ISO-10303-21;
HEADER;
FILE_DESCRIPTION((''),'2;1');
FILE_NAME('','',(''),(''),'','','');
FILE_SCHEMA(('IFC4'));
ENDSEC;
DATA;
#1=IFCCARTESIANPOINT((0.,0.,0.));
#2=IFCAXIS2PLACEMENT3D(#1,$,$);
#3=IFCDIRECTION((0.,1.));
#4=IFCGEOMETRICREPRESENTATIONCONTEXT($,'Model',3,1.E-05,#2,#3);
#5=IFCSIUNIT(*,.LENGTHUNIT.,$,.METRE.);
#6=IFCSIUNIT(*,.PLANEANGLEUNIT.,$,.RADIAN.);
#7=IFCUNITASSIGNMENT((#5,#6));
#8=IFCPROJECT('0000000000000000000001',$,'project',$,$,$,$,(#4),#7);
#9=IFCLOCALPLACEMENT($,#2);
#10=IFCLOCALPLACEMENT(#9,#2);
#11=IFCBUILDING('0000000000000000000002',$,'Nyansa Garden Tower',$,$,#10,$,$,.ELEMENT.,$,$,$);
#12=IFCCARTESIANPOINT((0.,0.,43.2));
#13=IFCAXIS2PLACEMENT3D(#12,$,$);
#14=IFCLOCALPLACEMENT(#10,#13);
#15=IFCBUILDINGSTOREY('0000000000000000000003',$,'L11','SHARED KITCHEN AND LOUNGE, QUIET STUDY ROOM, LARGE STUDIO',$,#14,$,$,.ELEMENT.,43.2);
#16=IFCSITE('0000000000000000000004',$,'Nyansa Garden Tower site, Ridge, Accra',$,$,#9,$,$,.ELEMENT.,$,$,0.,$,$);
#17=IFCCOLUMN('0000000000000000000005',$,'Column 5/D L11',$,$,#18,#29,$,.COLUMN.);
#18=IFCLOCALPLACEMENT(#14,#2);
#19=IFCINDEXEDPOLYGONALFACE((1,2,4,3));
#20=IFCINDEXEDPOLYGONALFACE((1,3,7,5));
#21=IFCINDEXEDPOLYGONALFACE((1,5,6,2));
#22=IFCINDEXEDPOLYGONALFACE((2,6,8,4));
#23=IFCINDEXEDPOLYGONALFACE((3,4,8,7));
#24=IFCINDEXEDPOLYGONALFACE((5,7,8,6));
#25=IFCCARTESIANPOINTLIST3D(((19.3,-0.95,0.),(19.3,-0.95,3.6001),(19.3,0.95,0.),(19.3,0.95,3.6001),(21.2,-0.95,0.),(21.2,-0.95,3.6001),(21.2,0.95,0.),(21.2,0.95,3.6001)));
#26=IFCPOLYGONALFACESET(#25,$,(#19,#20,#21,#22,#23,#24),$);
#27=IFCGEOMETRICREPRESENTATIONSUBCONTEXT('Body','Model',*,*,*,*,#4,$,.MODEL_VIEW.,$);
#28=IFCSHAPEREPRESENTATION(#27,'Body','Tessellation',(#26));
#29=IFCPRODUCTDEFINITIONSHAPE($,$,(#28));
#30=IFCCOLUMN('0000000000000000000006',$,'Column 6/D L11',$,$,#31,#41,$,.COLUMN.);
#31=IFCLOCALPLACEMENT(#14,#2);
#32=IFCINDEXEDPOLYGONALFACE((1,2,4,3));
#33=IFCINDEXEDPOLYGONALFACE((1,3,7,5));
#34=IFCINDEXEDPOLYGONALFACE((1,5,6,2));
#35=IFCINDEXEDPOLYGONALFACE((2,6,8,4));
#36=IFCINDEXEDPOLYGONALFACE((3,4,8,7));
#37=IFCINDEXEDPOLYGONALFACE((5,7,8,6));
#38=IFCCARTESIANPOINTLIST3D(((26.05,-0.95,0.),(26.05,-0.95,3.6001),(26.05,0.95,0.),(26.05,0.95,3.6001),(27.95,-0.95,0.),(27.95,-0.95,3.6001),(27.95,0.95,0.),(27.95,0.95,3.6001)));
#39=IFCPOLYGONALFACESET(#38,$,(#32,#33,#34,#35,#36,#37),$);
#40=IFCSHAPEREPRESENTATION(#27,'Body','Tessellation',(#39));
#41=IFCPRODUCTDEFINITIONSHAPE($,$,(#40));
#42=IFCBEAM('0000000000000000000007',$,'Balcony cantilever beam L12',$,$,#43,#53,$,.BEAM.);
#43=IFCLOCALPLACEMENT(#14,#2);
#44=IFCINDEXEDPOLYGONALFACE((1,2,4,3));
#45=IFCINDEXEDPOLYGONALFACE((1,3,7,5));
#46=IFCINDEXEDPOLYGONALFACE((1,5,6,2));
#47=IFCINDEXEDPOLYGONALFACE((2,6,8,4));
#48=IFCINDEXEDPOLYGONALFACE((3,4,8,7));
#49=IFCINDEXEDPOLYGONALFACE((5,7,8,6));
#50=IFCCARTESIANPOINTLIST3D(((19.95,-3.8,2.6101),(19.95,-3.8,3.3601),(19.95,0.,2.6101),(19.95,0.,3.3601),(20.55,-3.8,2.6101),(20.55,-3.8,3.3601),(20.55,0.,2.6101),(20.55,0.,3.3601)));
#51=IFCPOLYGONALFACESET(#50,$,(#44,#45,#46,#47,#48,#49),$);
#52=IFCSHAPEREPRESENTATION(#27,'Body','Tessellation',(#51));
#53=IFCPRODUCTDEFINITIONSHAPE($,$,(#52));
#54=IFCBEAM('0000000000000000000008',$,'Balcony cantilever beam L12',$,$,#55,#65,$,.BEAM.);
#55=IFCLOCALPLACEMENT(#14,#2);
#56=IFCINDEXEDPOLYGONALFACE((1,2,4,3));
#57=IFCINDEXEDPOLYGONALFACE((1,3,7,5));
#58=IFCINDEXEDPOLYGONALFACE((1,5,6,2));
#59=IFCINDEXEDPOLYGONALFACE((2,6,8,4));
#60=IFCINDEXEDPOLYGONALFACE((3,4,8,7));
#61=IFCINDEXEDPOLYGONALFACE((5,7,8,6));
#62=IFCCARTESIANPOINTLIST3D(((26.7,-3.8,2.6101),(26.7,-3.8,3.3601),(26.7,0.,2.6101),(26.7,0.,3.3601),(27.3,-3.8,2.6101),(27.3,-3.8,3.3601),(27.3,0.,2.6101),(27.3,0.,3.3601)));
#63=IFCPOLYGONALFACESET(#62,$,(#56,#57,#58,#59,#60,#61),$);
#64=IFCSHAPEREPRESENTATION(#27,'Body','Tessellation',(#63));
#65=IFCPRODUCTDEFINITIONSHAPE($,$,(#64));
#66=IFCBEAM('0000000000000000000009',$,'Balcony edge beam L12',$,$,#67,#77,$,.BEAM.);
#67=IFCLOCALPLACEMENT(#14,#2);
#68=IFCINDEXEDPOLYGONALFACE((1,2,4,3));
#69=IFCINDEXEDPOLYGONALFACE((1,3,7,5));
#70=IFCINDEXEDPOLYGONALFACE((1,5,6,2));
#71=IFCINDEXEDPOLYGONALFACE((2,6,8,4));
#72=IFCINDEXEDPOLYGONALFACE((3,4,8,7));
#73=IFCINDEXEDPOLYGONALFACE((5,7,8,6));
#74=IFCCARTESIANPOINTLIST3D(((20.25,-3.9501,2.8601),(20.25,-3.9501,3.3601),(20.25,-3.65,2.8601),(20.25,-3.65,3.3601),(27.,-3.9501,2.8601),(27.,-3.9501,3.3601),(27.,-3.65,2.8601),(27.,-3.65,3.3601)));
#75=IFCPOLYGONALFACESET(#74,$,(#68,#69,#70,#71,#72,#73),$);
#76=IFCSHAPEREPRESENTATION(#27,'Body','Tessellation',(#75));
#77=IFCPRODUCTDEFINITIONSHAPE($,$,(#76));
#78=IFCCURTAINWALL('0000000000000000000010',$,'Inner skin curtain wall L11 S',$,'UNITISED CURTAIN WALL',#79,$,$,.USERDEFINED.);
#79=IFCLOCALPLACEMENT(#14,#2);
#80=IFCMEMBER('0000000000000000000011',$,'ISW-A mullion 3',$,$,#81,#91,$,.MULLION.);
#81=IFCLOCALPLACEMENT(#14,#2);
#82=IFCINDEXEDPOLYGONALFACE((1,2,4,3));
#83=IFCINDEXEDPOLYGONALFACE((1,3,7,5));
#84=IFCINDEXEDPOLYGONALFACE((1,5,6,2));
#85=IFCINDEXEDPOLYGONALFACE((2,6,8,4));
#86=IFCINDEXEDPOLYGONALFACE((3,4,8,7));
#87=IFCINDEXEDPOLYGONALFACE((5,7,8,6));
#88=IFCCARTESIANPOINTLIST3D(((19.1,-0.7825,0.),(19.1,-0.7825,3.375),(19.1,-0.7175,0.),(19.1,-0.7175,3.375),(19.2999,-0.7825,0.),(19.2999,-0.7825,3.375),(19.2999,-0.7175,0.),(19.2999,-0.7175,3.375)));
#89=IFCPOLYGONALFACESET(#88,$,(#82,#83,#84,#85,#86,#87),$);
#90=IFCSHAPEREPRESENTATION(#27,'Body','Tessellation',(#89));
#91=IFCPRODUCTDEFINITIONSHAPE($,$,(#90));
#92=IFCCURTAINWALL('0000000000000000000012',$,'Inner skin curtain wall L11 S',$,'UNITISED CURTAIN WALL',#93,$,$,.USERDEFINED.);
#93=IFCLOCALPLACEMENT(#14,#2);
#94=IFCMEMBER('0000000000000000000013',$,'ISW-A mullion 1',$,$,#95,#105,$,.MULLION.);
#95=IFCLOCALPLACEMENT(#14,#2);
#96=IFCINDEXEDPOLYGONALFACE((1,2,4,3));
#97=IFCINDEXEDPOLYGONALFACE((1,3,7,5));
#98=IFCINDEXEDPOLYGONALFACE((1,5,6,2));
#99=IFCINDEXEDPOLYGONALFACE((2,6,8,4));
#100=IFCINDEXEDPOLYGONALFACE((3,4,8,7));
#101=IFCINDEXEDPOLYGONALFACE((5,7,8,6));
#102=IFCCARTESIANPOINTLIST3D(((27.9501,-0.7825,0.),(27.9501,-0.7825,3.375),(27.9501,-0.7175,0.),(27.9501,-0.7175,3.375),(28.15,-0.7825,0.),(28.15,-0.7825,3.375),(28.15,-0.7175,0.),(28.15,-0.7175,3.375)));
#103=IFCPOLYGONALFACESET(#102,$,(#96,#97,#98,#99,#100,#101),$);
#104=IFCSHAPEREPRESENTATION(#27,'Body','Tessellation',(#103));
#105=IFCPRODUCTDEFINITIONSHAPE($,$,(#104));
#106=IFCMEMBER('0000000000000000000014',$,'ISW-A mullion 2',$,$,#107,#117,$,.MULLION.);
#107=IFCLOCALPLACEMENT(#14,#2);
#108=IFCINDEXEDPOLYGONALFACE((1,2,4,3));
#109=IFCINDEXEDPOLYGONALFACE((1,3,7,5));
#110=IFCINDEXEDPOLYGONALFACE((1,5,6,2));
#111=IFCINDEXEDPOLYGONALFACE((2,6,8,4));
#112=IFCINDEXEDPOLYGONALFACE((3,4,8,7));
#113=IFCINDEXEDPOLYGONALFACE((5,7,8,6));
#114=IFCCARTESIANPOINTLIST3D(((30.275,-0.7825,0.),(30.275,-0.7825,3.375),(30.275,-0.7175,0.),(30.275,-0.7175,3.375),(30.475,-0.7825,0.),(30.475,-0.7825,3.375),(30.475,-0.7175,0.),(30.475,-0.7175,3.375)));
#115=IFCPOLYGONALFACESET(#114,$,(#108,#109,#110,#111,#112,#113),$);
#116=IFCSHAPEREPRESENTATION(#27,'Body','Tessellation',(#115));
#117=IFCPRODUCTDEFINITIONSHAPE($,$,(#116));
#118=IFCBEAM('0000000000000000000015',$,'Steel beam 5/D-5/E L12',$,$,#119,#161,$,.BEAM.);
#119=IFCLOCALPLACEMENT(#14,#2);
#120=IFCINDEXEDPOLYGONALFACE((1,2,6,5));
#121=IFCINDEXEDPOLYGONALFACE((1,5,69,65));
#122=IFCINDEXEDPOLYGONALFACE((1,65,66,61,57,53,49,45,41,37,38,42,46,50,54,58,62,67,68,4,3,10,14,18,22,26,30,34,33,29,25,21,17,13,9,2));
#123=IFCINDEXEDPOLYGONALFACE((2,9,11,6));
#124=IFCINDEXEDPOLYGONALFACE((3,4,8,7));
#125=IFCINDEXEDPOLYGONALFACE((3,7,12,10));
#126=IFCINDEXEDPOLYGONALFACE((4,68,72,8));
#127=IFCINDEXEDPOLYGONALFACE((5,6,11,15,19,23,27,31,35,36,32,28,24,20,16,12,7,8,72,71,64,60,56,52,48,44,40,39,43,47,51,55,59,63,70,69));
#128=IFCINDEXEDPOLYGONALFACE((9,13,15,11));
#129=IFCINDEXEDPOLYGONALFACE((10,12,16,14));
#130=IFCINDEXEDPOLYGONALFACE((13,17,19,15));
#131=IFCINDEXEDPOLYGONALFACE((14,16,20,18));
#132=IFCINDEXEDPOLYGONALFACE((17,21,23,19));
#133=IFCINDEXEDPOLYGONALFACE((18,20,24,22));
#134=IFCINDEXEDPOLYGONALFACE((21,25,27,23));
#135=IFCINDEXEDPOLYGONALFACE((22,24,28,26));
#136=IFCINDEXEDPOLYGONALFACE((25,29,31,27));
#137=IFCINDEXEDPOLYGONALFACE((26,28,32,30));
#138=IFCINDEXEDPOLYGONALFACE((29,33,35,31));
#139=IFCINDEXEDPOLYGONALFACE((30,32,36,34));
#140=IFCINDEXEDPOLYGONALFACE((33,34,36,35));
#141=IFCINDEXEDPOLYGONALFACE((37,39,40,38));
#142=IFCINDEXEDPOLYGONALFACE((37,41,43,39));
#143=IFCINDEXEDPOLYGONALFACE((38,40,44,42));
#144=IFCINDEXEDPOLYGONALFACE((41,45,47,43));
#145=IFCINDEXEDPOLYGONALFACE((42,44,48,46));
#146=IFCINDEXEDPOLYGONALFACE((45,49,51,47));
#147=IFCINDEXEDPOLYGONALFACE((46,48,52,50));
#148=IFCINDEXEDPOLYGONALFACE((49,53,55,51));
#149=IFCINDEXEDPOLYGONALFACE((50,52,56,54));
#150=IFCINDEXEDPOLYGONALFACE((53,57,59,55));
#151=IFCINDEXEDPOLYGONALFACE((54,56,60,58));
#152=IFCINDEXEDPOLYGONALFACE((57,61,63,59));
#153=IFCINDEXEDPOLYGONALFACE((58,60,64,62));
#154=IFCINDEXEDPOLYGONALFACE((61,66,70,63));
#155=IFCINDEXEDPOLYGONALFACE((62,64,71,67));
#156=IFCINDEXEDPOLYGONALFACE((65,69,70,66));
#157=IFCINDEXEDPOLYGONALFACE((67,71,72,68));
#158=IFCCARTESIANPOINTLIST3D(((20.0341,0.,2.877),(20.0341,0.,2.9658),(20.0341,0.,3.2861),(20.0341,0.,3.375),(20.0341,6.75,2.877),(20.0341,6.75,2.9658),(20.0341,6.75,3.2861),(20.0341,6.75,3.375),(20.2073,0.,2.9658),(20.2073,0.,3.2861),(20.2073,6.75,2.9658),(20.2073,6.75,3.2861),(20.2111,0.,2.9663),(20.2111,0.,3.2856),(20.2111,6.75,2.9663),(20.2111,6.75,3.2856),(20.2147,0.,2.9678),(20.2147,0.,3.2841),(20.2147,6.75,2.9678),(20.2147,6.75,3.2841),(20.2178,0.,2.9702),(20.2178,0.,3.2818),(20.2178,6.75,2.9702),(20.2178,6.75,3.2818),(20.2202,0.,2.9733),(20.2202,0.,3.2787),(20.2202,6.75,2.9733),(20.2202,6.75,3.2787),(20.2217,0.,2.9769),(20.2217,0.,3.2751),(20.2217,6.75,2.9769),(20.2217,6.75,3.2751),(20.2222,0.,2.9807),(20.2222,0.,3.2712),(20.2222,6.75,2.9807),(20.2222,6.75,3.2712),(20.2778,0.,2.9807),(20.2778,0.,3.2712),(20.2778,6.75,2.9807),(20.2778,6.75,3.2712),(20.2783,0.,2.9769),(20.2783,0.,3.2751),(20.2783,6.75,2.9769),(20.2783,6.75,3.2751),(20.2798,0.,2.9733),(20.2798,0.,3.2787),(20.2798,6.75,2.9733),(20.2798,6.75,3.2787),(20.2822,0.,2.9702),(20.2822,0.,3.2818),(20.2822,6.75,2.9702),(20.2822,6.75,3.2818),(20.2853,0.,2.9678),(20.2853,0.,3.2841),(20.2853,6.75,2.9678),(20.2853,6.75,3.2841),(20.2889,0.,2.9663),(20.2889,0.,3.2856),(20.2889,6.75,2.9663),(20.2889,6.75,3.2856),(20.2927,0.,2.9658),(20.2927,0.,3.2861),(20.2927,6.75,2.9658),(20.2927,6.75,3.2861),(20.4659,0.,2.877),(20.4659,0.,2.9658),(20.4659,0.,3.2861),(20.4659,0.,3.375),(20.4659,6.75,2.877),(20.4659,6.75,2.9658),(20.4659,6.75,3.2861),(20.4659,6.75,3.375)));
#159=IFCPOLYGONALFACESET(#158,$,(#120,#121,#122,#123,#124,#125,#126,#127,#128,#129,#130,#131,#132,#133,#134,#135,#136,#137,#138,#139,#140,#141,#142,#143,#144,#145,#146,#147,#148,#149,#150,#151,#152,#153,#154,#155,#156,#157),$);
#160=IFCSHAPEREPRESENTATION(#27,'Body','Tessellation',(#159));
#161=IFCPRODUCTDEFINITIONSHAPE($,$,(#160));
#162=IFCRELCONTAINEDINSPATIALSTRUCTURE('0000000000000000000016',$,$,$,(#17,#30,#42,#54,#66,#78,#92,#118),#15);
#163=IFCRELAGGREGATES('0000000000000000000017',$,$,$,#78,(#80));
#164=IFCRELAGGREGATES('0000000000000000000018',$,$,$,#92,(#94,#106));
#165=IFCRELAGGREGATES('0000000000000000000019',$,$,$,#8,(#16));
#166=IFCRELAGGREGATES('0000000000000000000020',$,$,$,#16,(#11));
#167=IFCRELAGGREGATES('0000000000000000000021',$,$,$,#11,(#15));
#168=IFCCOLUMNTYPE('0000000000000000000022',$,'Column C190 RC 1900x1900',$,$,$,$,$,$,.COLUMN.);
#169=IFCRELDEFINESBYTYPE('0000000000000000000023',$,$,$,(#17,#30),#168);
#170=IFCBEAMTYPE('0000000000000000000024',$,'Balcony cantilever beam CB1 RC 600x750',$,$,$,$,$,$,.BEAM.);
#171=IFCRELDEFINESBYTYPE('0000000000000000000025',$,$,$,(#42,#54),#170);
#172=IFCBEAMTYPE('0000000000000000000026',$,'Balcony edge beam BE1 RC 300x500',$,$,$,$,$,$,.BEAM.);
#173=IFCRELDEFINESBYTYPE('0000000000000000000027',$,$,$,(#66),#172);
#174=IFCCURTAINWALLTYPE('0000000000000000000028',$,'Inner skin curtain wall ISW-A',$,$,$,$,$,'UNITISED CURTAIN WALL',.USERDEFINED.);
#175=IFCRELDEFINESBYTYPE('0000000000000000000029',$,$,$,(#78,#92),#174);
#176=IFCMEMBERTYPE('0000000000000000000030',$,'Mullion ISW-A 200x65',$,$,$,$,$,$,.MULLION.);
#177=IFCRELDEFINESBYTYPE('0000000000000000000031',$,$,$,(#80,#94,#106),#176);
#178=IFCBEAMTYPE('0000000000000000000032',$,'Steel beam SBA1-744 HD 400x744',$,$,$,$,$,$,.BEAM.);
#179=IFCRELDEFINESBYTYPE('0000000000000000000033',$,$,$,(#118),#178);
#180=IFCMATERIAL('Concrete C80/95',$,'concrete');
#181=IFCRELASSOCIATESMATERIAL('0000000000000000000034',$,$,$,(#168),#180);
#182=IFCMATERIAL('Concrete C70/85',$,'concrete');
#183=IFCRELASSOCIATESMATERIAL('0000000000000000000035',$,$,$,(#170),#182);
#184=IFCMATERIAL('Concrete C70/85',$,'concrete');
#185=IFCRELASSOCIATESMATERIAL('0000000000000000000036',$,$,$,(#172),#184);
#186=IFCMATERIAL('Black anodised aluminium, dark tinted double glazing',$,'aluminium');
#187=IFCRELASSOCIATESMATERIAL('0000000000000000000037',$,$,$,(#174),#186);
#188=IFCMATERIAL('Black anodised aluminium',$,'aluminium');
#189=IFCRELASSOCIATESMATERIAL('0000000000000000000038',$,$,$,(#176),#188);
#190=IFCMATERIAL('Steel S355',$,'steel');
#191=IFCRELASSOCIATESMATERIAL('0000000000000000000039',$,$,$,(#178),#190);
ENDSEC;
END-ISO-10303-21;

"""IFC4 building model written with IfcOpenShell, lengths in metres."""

from ifc_helpers import new_model, si_unit, direction, frame, origin, origin_2d, place, context, subcontext, project, spatial, rectangle, i_section, extrude, material, material_profile, profile_set, type_object, element, aggregate, save


model = new_model("IFC4")

# Units and contexts
model_context = context("Model", 3, precision=1e-05, world=origin(), true_north=direction((0.0, 1.0)))
body_context = subcontext(model_context, "Body", "Model", "MODEL_VIEW")
ifc_project = project(units=[si_unit("LENGTHUNIT", "METRE"), si_unit("PLANEANGLEUNIT", "RADIAN")], contexts=[model_context])

# Site, building, storey
site_placement = place(None, origin())
site = spatial("IfcSite", under=ifc_project, at=site_placement, Name="Nyansa Garden Tower site, Ridge, Accra", CompositionType="ELEMENT", RefElevation=0.0)
building_placement = place(site_placement, origin())
building = spatial("IfcBuilding", under=site, at=building_placement, Name="Nyansa Garden Tower", CompositionType="ELEMENT")
storey_placement = place(building_placement, frame((0.0, 0.0, 43.2)))
storey = spatial("IfcBuildingStorey", under=building, at=storey_placement, Name="L11", Description="SHARED KITCHEN AND LOUNGE, QUIET STUDY ROOM, LARGE STUDIO", CompositionType="ELEMENT", Elevation=43.2)

# Columns
ifc_material_1 = material(Name="Concrete C80/95", Category="concrete")
ifc_material_profile_1 = material_profile(ifc_material_1, rectangle(XDim=1.8999, YDim=1.8999, at=origin_2d()), Name="RC 1900x1900")
ifc_profile_set_1 = profile_set([ifc_material_profile_1], Name="Concrete C80/95")
column_type = type_object("IfcColumnType", Name="Column C190 RC 1900x1900", PredefinedType="COLUMN", material=ifc_profile_set_1)
for number, where, z_axis, x_axis, name in (
    (1, (20.25, 0.0, 0.0), (0.0, 0.0, 1.0), (1.0, 0.0, 0.0), "Column 5/D L11"),
    (2, (27.0, 0.0, 0.0), (0.0, 0.0, 1.0), (1.0, 0.0, 0.0), "Column 6/D L11"),
):
    element("IfcColumn", number, at=place(storey_placement, frame(where, z_axis=z_axis, x_axis=x_axis)), inside=storey, type_object=column_type, Name=name, PredefinedType="COLUMN", context=body_context, shape_type="SweptSolid", body=[
        extrude(rectangle(XDim=1.8999, YDim=1.8999, at=origin_2d()), origin(), (0.0, 0.0, 1.0), 3.6001),
    ])

# Beams
ifc_material_2 = material(Name="Concrete C70/85", Category="concrete")
ifc_material_profile_2 = material_profile(ifc_material_2, rectangle(XDim=0.6001, YDim=0.75, at=origin_2d()), Name="RC 600x750")
ifc_profile_set_2 = profile_set([ifc_material_profile_2], Name="Concrete C70/85")
beam_type_1 = type_object("IfcBeamType", Name="Balcony cantilever beam CB1 RC 600x750", PredefinedType="BEAM", material=ifc_profile_set_2)
for number, where, z_axis, x_axis, name in (
    (3, (20.25, 0.0, 2.9851), (0.0, -1.0, 0.0), (1.0, 0.0, 0.0), "Balcony cantilever beam L12"),
    (4, (27.0, 0.0, 2.9851), (0.0, -1.0, 0.0), (1.0, 0.0, 0.0), "Balcony cantilever beam L12"),
):
    element("IfcBeam", number, at=place(storey_placement, frame(where, z_axis=z_axis, x_axis=x_axis)), inside=storey, type_object=beam_type_1, Name=name, PredefinedType="BEAM", context=body_context, shape_type="SweptSolid", body=[
        extrude(rectangle(XDim=0.6001, YDim=0.75, at=origin_2d()), origin(), (0.0, 0.0, 1.0), 3.8),
    ])
ifc_material_3 = material(Name="Concrete C70/85", Category="concrete")
ifc_material_profile_3 = material_profile(ifc_material_3, rectangle(XDim=0.3, YDim=0.5, at=origin_2d()), Name="RC 300x500")
ifc_profile_set_3 = profile_set([ifc_material_profile_3], Name="Concrete C70/85")
beam_type_2 = type_object("IfcBeamType", Name="Balcony edge beam BE1 RC 300x500", PredefinedType="BEAM", material=ifc_profile_set_3)
beam_placement = place(storey_placement, frame((20.25, -3.8, 3.1101), z_axis=(1.0, 0.0, 0.0), x_axis=(0.0, 1.0, 0.0)))
element("IfcBeam", 5, at=beam_placement, inside=storey, type_object=beam_type_2, Name="Balcony edge beam L12", PredefinedType="BEAM", context=body_context, shape_type="SweptSolid", body=[
    extrude(rectangle(XDim=0.3, YDim=0.5, at=origin_2d()), origin(), (0.0, 0.0, 1.0), 6.75),
])

# Curtain wall, member
ifc_material_4 = material(Name="Black anodised aluminium, dark tinted double glazing", Category="aluminium")
curtain_wall_type = type_object("IfcCurtainWallType", Name="Inner skin curtain wall ISW-A", ElementType="UNITISED CURTAIN WALL", PredefinedType="USERDEFINED", material=ifc_material_4)
curtain_wall_1_placement = place(storey_placement, origin())
curtain_wall_1 = element("IfcCurtainWall", 6, at=curtain_wall_1_placement, inside=storey, type_object=curtain_wall_type, Name="Inner skin curtain wall L11 S", ObjectType="UNITISED CURTAIN WALL", PredefinedType="USERDEFINED")
ifc_material_5 = material(Name="Black anodised aluminium", Category="aluminium")
ifc_material_profile_4 = material_profile(ifc_material_5, rectangle(XDim=0.0649, YDim=0.2, at=origin_2d()), Name="Mullion 200x65")
ifc_profile_set_4 = profile_set([ifc_material_profile_4], Name="Black anodised aluminium")
member_type_1 = type_object("IfcMemberType", Name="Mullion ISW-A 200x65", PredefinedType="MULLION", material=ifc_profile_set_4)
member_1_placement = place(storey_placement, frame((19.2, -0.75, 0.0), z_axis=(0.0, 0.0, 1.0), x_axis=(0.0, 1.0, 0.0)))
member_1 = element("IfcMember", 7, at=member_1_placement, type_object=member_type_1, Name="ISW-A mullion 3", PredefinedType="MULLION", context=body_context, shape_type="SweptSolid", body=[
    extrude(rectangle(XDim=0.0649, YDim=0.2, at=origin_2d()), origin(), (0.0, 0.0, 1.0), 3.375),
])
aggregate(curtain_wall_1, [member_1])

# Curtain wall, members
curtain_wall_2_placement = place(storey_placement, origin())
curtain_wall_2 = element("IfcCurtainWall", 8, at=curtain_wall_2_placement, inside=storey, type_object=curtain_wall_type, Name="Inner skin curtain wall L11 S", ObjectType="UNITISED CURTAIN WALL", PredefinedType="USERDEFINED")
member_2_placement = place(storey_placement, frame((28.05, -0.75, 0.0), z_axis=(0.0, 0.0, 1.0), x_axis=(0.0, 1.0, 0.0)))
member_2 = element("IfcMember", 9, at=member_2_placement, type_object=member_type_1, Name="ISW-A mullion 1", PredefinedType="MULLION", context=body_context, shape_type="SweptSolid", body=[
    extrude(rectangle(XDim=0.0649, YDim=0.2, at=origin_2d()), origin(), (0.0, 0.0, 1.0), 3.375),
])
member_3_placement = place(storey_placement, frame((30.375, -0.75, 0.0), z_axis=(0.0, 0.0, 1.0), x_axis=(0.0, 1.0, 0.0)))
member_3 = element("IfcMember", 10, at=member_3_placement, type_object=member_type_1, Name="ISW-A mullion 2", PredefinedType="MULLION", context=body_context, shape_type="SweptSolid", body=[
    extrude(rectangle(XDim=0.0649, YDim=0.2, at=origin_2d()), origin(), (0.0, 0.0, 1.0), 3.375),
])

# Beam
ifc_material_6 = material(Name="Steel S355", Category="steel")
ifc_material_profile_5 = material_profile(ifc_material_6, i_section(OverallWidth=0.4319, OverallDepth=0.498, WebThickness=0.0557, FlangeThickness=0.0889, FilletRadius=0.0149, at=origin_2d()), Name="HD 400x744")
ifc_profile_set_5 = profile_set([ifc_material_profile_5], Name="Steel S355")
beam_type_3 = type_object("IfcBeamType", Name="Steel beam SBA1-744 HD 400x744", PredefinedType="BEAM", material=ifc_profile_set_5)
for number, where, z_axis, x_axis, name in (
    (11, (20.25, 0.0, 3.126), (0.0, 1.0, 0.0), (-1.0, 0.0, 0.0), "Steel beam 5/D-5/E L12"),
):
    element("IfcBeam", number, at=place(storey_placement, frame(where, z_axis=z_axis, x_axis=x_axis)), inside=storey, type_object=beam_type_3, Name=name, PredefinedType="BEAM", context=body_context, shape_type="SweptSolid", body=[
        extrude(i_section(OverallWidth=0.4319, OverallDepth=0.498, WebThickness=0.0557, FlangeThickness=0.0889, FilletRadius=0.0149, at=origin_2d()), origin(), (0.0, 0.0, 1.0), 6.75),
    ])

aggregate(curtain_wall_2, [member_2, member_3])

save(model, "model.ifc")
